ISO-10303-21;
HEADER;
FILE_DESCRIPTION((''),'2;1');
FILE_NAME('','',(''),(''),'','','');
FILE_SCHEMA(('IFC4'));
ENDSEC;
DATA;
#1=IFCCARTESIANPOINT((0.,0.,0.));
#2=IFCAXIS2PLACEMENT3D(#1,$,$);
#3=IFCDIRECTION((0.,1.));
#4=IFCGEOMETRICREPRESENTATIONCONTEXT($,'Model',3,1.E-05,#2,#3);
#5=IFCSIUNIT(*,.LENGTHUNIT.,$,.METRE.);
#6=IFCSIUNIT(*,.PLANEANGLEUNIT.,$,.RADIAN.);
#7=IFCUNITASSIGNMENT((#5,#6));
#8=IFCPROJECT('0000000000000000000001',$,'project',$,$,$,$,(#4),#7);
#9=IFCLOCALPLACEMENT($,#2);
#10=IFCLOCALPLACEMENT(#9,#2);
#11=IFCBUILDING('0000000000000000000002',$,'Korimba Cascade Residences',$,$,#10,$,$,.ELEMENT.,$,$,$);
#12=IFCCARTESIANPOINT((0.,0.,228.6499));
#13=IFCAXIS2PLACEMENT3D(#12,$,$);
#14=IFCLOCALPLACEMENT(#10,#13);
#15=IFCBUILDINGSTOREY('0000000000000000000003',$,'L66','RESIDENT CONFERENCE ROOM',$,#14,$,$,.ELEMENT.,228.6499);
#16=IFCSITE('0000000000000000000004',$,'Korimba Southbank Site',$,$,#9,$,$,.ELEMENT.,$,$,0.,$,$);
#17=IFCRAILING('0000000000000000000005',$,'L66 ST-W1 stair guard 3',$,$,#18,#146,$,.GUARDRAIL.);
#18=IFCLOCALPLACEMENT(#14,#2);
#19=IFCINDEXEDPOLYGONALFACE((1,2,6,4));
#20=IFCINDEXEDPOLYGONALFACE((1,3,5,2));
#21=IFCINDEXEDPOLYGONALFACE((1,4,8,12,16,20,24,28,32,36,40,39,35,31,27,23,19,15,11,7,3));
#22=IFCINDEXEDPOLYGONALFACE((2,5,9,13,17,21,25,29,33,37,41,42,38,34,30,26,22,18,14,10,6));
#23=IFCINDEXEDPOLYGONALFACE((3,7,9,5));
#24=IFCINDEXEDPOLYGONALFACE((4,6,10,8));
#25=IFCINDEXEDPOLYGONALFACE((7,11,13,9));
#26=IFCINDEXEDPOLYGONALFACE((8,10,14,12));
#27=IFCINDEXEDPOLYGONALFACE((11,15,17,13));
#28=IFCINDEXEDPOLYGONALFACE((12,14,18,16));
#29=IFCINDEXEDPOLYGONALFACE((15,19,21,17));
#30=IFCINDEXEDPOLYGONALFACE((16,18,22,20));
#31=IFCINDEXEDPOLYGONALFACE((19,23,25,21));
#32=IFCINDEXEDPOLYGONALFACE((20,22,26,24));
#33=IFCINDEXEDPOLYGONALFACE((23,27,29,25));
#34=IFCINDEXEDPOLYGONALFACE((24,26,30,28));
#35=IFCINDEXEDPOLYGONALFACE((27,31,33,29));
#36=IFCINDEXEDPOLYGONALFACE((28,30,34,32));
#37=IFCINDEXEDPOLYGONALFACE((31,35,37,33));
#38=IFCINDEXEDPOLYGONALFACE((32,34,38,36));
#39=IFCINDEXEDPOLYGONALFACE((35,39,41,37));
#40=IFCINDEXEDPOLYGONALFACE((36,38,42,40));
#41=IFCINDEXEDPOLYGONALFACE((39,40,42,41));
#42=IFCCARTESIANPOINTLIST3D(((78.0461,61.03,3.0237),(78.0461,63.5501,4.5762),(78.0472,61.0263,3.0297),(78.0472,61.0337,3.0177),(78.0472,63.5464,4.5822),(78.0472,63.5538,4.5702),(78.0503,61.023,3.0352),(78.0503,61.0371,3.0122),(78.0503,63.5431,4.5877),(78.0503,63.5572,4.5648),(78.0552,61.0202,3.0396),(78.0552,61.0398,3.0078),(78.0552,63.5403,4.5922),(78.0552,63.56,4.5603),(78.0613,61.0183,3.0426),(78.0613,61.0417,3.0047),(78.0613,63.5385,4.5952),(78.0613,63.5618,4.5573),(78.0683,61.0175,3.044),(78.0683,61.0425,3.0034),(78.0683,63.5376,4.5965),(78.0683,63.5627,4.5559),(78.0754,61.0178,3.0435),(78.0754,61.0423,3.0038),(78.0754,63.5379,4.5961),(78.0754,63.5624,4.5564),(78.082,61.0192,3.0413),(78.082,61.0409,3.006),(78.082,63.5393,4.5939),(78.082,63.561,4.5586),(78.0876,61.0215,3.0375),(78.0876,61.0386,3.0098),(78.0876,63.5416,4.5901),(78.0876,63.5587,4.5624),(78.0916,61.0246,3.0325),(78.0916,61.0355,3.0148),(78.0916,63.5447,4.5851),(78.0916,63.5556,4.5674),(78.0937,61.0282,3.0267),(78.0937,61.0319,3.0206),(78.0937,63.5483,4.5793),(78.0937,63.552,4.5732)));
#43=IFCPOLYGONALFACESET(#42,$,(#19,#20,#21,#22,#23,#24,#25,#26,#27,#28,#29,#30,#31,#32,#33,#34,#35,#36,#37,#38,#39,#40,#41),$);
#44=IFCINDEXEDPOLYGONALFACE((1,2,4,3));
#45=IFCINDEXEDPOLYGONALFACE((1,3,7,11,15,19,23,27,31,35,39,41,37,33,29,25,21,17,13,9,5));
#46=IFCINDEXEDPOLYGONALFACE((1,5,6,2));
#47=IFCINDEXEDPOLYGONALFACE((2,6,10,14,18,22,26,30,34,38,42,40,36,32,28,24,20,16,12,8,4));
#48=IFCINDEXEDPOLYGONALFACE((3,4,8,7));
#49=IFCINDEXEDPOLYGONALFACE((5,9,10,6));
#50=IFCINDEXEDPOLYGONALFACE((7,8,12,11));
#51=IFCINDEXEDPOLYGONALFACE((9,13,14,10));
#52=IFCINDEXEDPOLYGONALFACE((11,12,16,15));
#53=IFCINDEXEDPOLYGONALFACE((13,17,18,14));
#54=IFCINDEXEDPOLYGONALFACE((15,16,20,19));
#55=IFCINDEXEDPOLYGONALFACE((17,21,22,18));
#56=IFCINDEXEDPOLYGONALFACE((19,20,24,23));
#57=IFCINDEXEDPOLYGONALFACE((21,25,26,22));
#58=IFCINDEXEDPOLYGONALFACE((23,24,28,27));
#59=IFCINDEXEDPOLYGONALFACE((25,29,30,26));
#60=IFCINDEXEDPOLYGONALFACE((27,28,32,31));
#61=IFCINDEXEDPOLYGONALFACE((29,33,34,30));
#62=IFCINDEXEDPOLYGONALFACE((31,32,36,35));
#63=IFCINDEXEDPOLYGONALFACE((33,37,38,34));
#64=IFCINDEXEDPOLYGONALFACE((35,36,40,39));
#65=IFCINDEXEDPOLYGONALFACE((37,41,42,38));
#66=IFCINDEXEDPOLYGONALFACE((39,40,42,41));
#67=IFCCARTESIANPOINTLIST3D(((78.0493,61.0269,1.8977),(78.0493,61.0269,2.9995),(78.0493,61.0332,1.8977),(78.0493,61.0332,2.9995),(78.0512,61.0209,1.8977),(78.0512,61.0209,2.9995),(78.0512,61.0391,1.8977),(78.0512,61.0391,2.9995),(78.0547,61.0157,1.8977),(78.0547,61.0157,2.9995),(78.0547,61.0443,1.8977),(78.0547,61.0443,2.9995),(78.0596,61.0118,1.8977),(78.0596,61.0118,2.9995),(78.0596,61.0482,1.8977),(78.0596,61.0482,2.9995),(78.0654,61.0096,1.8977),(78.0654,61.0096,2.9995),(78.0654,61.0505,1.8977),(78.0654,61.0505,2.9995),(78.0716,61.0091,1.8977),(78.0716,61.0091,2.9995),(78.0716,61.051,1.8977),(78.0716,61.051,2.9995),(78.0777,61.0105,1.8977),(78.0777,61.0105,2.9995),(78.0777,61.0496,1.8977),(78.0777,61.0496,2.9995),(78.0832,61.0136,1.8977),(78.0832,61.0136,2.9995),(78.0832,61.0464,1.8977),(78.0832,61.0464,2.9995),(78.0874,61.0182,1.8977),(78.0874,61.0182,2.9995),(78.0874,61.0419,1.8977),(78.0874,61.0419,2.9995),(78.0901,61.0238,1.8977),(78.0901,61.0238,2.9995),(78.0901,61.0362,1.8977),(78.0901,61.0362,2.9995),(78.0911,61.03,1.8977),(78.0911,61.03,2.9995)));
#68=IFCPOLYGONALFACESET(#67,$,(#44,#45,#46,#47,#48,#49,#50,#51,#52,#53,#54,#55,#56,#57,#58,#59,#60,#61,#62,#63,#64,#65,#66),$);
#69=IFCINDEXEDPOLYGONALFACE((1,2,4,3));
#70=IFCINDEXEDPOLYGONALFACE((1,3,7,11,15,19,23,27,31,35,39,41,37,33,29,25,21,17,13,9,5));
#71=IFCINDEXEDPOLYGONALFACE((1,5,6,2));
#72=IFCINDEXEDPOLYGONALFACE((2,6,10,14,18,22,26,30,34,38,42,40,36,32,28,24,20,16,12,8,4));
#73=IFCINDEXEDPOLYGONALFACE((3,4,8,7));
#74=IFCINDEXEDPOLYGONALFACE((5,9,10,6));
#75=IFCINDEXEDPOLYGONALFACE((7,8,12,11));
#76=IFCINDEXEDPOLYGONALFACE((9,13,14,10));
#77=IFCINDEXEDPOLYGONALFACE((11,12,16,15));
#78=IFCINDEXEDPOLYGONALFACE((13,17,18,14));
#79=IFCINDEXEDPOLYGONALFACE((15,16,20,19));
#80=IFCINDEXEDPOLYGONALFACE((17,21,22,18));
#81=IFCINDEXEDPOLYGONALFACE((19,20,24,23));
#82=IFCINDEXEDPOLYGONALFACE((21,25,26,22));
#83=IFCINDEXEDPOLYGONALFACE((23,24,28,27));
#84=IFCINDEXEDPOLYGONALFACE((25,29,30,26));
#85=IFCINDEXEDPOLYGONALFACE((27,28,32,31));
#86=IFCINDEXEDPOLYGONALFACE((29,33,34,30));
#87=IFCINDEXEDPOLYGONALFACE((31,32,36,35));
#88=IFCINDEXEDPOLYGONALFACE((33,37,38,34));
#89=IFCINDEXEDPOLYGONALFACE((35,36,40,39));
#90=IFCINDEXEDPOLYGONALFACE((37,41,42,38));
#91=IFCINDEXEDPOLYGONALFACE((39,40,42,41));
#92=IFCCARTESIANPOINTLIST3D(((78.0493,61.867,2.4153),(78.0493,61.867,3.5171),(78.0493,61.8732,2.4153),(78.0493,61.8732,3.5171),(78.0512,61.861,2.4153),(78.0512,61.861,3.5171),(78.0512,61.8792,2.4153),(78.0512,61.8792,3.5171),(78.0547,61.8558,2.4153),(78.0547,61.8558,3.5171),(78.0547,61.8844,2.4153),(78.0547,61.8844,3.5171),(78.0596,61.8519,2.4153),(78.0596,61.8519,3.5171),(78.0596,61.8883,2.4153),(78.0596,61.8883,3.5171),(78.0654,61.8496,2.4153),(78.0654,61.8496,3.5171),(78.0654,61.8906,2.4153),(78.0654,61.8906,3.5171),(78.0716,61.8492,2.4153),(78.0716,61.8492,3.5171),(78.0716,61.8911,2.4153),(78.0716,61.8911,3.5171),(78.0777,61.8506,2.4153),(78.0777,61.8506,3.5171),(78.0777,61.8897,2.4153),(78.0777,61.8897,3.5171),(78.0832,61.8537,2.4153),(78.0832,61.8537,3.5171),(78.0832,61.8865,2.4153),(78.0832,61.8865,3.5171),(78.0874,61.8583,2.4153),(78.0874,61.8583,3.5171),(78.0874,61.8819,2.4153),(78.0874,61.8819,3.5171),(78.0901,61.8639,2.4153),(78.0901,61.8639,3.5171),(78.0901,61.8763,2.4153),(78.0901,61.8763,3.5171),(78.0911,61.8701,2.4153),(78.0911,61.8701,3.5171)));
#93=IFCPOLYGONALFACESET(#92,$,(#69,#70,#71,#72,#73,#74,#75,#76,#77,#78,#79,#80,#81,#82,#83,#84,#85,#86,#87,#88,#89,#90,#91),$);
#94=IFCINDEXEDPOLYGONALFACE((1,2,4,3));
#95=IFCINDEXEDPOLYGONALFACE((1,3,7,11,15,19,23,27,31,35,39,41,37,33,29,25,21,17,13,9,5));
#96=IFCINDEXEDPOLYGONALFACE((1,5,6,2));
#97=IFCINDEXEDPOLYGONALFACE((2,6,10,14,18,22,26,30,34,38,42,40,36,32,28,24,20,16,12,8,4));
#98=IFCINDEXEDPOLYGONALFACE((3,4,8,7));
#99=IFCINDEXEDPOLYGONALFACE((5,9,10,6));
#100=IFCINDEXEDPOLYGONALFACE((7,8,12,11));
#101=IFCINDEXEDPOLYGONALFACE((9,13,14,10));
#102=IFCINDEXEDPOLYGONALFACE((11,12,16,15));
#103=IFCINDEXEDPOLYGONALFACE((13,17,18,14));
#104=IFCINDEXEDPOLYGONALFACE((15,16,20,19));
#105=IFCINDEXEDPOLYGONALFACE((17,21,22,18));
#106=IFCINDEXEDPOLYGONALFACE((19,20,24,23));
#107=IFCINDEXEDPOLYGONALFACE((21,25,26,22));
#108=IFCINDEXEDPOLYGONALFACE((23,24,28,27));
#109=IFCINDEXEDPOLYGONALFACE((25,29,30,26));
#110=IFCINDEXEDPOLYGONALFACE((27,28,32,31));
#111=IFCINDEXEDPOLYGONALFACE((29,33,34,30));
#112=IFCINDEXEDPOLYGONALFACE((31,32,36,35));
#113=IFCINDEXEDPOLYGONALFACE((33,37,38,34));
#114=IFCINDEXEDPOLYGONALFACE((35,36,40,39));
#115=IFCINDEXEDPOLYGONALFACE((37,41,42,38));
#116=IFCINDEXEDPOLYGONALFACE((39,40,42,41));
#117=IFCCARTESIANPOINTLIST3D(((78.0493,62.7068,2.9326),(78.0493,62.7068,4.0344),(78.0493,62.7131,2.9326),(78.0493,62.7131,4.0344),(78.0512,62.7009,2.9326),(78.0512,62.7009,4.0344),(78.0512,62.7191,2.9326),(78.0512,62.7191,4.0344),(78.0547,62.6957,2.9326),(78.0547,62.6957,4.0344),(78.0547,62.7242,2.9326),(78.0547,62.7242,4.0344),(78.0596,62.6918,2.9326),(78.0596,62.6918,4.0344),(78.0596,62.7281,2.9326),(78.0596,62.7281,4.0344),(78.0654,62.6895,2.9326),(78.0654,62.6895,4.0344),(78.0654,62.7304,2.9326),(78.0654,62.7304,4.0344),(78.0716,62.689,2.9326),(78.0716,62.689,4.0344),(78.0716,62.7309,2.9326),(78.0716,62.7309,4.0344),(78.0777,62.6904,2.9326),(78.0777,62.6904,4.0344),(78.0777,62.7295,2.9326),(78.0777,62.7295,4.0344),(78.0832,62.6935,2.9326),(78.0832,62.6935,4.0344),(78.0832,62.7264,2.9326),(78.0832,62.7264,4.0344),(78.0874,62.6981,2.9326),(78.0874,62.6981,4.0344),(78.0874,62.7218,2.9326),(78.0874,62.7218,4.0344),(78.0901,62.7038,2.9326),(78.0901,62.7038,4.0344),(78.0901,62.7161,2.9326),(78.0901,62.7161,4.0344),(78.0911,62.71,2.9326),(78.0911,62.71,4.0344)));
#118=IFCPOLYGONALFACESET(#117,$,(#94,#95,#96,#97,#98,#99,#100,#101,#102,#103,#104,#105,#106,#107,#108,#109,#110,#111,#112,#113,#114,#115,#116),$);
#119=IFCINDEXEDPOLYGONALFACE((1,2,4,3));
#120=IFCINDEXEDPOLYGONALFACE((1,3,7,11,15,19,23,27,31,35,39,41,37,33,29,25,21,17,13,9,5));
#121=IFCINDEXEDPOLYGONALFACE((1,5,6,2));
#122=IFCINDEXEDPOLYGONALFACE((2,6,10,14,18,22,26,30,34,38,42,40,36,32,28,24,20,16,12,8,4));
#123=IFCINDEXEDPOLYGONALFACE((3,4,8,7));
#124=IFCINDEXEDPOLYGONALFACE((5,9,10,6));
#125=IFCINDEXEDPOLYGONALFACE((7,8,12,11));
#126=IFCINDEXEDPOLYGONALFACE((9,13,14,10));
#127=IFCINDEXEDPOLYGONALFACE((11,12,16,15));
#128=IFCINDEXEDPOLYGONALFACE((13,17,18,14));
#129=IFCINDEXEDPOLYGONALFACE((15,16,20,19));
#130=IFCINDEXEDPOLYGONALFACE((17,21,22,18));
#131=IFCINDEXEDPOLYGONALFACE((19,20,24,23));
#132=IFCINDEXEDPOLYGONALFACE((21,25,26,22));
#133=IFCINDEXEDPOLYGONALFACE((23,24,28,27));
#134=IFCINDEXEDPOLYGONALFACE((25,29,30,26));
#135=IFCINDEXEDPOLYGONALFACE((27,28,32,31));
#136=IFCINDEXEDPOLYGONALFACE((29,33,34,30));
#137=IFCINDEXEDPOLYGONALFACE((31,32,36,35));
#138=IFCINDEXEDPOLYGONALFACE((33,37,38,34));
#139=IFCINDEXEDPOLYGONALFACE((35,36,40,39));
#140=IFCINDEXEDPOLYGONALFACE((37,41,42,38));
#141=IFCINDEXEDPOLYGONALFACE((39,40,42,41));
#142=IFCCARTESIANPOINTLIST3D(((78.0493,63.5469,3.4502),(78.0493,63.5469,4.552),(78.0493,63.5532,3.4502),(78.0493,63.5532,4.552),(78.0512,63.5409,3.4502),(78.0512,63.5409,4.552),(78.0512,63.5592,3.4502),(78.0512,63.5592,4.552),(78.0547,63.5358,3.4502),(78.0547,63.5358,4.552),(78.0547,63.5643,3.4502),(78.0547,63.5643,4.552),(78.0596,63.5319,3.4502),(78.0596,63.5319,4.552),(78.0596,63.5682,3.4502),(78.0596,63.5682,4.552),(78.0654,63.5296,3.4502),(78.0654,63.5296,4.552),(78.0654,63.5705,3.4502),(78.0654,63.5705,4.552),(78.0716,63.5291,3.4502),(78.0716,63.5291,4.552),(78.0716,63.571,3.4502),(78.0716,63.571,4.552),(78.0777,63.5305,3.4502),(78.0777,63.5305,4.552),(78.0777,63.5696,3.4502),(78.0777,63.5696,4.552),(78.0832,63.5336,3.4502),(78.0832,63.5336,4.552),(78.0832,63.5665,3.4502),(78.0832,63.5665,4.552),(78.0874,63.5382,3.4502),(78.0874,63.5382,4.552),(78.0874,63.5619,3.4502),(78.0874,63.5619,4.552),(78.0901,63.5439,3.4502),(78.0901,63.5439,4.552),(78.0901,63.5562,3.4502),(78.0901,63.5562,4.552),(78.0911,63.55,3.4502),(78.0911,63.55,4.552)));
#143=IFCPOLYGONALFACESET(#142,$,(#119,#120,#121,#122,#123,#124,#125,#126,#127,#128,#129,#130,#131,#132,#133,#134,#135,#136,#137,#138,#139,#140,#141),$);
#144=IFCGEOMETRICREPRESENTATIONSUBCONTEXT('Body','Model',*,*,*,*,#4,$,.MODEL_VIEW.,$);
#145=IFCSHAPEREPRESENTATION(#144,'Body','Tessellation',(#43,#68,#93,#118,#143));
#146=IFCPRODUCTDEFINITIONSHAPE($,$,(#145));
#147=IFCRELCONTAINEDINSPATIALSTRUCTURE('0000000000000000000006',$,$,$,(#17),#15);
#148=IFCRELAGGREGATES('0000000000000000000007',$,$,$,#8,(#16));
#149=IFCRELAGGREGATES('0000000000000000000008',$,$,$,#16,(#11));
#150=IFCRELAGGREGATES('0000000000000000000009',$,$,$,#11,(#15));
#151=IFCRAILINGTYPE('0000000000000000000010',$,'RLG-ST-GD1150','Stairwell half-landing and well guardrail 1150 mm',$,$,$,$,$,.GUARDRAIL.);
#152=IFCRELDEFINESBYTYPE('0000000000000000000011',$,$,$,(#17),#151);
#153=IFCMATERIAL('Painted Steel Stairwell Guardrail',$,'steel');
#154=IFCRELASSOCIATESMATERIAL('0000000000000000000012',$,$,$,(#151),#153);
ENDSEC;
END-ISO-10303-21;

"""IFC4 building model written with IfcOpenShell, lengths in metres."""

from ifc_helpers import new_model, si_unit, direction, frame, origin, origin_2d, place, context, subcontext, project, spatial, circle, extrude, material, type_object, element, save


model = new_model("IFC4")

# Units and contexts
model_context = context("Model", 3, precision=1e-05, world=origin(), true_north=direction((0.0, 1.0)))
body_context = subcontext(model_context, "Body", "Model", "MODEL_VIEW")
ifc_project = project(units=[si_unit("LENGTHUNIT", "METRE"), si_unit("PLANEANGLEUNIT", "RADIAN")], contexts=[model_context])

# Site, building, storey
site_placement = place(None, origin())
site = spatial("IfcSite", under=ifc_project, at=site_placement, Name="Korimba Southbank Site", CompositionType="ELEMENT", RefElevation=0.0)
building_placement = place(site_placement, origin())
building = spatial("IfcBuilding", under=site, at=building_placement, Name="Korimba Cascade Residences", CompositionType="ELEMENT")
storey_placement = place(building_placement, frame((0.0, 0.0, 228.6499)))
storey = spatial("IfcBuildingStorey", under=building, at=storey_placement, Name="L66", Description="RESIDENT CONFERENCE ROOM", CompositionType="ELEMENT", Elevation=228.6499)

# Railing
ifc_material_1 = material(Name="Painted Steel Stairwell Guardrail", Category="steel")
railing_type_1 = type_object("IfcRailingType", Name="RLG-ST-GD1150", Description="Stairwell half-landing and well guardrail 1150 mm", PredefinedType="GUARDRAIL", material=ifc_material_1)
railing_1_placement = place(storey_placement, frame((78.0701, 61.03, 1.8977)))
element("IfcRailing", 1, at=railing_1_placement, inside=storey, type_object=railing_type_1, Name="L66 ST-W1 stair guard 3", PredefinedType="GUARDRAIL", context=body_context, shape_type="SweptSolid", body=[
    extrude(circle(Radius=0.0239, at=origin_2d()), frame((0.0, 0.0, 1.126), z_axis=(0.0, 0.8514, 0.524516), x_axis=(-1.0, 0.0, 0.0)), (0.0, 0.0, 1.0), 2.96),
    extrude(circle(Radius=0.021, at=origin_2d()), origin(), (0.0, 0.0, 1.0), 1.1018),
    extrude(circle(Radius=0.021, at=origin_2d()), frame((0.0, 0.8401, 0.5176)), (0.0, 0.0, 1.0), 1.1018),
    extrude(circle(Radius=0.021, at=origin_2d()), frame((0.0, 1.6799, 1.0349)), (0.0, 0.0, 1.0), 1.1018),
    extrude(circle(Radius=0.021, at=origin_2d()), frame((0.0, 2.52, 1.5525)), (0.0, 0.0, 1.0), 1.1018),
])

save(model, "model.ifc")
